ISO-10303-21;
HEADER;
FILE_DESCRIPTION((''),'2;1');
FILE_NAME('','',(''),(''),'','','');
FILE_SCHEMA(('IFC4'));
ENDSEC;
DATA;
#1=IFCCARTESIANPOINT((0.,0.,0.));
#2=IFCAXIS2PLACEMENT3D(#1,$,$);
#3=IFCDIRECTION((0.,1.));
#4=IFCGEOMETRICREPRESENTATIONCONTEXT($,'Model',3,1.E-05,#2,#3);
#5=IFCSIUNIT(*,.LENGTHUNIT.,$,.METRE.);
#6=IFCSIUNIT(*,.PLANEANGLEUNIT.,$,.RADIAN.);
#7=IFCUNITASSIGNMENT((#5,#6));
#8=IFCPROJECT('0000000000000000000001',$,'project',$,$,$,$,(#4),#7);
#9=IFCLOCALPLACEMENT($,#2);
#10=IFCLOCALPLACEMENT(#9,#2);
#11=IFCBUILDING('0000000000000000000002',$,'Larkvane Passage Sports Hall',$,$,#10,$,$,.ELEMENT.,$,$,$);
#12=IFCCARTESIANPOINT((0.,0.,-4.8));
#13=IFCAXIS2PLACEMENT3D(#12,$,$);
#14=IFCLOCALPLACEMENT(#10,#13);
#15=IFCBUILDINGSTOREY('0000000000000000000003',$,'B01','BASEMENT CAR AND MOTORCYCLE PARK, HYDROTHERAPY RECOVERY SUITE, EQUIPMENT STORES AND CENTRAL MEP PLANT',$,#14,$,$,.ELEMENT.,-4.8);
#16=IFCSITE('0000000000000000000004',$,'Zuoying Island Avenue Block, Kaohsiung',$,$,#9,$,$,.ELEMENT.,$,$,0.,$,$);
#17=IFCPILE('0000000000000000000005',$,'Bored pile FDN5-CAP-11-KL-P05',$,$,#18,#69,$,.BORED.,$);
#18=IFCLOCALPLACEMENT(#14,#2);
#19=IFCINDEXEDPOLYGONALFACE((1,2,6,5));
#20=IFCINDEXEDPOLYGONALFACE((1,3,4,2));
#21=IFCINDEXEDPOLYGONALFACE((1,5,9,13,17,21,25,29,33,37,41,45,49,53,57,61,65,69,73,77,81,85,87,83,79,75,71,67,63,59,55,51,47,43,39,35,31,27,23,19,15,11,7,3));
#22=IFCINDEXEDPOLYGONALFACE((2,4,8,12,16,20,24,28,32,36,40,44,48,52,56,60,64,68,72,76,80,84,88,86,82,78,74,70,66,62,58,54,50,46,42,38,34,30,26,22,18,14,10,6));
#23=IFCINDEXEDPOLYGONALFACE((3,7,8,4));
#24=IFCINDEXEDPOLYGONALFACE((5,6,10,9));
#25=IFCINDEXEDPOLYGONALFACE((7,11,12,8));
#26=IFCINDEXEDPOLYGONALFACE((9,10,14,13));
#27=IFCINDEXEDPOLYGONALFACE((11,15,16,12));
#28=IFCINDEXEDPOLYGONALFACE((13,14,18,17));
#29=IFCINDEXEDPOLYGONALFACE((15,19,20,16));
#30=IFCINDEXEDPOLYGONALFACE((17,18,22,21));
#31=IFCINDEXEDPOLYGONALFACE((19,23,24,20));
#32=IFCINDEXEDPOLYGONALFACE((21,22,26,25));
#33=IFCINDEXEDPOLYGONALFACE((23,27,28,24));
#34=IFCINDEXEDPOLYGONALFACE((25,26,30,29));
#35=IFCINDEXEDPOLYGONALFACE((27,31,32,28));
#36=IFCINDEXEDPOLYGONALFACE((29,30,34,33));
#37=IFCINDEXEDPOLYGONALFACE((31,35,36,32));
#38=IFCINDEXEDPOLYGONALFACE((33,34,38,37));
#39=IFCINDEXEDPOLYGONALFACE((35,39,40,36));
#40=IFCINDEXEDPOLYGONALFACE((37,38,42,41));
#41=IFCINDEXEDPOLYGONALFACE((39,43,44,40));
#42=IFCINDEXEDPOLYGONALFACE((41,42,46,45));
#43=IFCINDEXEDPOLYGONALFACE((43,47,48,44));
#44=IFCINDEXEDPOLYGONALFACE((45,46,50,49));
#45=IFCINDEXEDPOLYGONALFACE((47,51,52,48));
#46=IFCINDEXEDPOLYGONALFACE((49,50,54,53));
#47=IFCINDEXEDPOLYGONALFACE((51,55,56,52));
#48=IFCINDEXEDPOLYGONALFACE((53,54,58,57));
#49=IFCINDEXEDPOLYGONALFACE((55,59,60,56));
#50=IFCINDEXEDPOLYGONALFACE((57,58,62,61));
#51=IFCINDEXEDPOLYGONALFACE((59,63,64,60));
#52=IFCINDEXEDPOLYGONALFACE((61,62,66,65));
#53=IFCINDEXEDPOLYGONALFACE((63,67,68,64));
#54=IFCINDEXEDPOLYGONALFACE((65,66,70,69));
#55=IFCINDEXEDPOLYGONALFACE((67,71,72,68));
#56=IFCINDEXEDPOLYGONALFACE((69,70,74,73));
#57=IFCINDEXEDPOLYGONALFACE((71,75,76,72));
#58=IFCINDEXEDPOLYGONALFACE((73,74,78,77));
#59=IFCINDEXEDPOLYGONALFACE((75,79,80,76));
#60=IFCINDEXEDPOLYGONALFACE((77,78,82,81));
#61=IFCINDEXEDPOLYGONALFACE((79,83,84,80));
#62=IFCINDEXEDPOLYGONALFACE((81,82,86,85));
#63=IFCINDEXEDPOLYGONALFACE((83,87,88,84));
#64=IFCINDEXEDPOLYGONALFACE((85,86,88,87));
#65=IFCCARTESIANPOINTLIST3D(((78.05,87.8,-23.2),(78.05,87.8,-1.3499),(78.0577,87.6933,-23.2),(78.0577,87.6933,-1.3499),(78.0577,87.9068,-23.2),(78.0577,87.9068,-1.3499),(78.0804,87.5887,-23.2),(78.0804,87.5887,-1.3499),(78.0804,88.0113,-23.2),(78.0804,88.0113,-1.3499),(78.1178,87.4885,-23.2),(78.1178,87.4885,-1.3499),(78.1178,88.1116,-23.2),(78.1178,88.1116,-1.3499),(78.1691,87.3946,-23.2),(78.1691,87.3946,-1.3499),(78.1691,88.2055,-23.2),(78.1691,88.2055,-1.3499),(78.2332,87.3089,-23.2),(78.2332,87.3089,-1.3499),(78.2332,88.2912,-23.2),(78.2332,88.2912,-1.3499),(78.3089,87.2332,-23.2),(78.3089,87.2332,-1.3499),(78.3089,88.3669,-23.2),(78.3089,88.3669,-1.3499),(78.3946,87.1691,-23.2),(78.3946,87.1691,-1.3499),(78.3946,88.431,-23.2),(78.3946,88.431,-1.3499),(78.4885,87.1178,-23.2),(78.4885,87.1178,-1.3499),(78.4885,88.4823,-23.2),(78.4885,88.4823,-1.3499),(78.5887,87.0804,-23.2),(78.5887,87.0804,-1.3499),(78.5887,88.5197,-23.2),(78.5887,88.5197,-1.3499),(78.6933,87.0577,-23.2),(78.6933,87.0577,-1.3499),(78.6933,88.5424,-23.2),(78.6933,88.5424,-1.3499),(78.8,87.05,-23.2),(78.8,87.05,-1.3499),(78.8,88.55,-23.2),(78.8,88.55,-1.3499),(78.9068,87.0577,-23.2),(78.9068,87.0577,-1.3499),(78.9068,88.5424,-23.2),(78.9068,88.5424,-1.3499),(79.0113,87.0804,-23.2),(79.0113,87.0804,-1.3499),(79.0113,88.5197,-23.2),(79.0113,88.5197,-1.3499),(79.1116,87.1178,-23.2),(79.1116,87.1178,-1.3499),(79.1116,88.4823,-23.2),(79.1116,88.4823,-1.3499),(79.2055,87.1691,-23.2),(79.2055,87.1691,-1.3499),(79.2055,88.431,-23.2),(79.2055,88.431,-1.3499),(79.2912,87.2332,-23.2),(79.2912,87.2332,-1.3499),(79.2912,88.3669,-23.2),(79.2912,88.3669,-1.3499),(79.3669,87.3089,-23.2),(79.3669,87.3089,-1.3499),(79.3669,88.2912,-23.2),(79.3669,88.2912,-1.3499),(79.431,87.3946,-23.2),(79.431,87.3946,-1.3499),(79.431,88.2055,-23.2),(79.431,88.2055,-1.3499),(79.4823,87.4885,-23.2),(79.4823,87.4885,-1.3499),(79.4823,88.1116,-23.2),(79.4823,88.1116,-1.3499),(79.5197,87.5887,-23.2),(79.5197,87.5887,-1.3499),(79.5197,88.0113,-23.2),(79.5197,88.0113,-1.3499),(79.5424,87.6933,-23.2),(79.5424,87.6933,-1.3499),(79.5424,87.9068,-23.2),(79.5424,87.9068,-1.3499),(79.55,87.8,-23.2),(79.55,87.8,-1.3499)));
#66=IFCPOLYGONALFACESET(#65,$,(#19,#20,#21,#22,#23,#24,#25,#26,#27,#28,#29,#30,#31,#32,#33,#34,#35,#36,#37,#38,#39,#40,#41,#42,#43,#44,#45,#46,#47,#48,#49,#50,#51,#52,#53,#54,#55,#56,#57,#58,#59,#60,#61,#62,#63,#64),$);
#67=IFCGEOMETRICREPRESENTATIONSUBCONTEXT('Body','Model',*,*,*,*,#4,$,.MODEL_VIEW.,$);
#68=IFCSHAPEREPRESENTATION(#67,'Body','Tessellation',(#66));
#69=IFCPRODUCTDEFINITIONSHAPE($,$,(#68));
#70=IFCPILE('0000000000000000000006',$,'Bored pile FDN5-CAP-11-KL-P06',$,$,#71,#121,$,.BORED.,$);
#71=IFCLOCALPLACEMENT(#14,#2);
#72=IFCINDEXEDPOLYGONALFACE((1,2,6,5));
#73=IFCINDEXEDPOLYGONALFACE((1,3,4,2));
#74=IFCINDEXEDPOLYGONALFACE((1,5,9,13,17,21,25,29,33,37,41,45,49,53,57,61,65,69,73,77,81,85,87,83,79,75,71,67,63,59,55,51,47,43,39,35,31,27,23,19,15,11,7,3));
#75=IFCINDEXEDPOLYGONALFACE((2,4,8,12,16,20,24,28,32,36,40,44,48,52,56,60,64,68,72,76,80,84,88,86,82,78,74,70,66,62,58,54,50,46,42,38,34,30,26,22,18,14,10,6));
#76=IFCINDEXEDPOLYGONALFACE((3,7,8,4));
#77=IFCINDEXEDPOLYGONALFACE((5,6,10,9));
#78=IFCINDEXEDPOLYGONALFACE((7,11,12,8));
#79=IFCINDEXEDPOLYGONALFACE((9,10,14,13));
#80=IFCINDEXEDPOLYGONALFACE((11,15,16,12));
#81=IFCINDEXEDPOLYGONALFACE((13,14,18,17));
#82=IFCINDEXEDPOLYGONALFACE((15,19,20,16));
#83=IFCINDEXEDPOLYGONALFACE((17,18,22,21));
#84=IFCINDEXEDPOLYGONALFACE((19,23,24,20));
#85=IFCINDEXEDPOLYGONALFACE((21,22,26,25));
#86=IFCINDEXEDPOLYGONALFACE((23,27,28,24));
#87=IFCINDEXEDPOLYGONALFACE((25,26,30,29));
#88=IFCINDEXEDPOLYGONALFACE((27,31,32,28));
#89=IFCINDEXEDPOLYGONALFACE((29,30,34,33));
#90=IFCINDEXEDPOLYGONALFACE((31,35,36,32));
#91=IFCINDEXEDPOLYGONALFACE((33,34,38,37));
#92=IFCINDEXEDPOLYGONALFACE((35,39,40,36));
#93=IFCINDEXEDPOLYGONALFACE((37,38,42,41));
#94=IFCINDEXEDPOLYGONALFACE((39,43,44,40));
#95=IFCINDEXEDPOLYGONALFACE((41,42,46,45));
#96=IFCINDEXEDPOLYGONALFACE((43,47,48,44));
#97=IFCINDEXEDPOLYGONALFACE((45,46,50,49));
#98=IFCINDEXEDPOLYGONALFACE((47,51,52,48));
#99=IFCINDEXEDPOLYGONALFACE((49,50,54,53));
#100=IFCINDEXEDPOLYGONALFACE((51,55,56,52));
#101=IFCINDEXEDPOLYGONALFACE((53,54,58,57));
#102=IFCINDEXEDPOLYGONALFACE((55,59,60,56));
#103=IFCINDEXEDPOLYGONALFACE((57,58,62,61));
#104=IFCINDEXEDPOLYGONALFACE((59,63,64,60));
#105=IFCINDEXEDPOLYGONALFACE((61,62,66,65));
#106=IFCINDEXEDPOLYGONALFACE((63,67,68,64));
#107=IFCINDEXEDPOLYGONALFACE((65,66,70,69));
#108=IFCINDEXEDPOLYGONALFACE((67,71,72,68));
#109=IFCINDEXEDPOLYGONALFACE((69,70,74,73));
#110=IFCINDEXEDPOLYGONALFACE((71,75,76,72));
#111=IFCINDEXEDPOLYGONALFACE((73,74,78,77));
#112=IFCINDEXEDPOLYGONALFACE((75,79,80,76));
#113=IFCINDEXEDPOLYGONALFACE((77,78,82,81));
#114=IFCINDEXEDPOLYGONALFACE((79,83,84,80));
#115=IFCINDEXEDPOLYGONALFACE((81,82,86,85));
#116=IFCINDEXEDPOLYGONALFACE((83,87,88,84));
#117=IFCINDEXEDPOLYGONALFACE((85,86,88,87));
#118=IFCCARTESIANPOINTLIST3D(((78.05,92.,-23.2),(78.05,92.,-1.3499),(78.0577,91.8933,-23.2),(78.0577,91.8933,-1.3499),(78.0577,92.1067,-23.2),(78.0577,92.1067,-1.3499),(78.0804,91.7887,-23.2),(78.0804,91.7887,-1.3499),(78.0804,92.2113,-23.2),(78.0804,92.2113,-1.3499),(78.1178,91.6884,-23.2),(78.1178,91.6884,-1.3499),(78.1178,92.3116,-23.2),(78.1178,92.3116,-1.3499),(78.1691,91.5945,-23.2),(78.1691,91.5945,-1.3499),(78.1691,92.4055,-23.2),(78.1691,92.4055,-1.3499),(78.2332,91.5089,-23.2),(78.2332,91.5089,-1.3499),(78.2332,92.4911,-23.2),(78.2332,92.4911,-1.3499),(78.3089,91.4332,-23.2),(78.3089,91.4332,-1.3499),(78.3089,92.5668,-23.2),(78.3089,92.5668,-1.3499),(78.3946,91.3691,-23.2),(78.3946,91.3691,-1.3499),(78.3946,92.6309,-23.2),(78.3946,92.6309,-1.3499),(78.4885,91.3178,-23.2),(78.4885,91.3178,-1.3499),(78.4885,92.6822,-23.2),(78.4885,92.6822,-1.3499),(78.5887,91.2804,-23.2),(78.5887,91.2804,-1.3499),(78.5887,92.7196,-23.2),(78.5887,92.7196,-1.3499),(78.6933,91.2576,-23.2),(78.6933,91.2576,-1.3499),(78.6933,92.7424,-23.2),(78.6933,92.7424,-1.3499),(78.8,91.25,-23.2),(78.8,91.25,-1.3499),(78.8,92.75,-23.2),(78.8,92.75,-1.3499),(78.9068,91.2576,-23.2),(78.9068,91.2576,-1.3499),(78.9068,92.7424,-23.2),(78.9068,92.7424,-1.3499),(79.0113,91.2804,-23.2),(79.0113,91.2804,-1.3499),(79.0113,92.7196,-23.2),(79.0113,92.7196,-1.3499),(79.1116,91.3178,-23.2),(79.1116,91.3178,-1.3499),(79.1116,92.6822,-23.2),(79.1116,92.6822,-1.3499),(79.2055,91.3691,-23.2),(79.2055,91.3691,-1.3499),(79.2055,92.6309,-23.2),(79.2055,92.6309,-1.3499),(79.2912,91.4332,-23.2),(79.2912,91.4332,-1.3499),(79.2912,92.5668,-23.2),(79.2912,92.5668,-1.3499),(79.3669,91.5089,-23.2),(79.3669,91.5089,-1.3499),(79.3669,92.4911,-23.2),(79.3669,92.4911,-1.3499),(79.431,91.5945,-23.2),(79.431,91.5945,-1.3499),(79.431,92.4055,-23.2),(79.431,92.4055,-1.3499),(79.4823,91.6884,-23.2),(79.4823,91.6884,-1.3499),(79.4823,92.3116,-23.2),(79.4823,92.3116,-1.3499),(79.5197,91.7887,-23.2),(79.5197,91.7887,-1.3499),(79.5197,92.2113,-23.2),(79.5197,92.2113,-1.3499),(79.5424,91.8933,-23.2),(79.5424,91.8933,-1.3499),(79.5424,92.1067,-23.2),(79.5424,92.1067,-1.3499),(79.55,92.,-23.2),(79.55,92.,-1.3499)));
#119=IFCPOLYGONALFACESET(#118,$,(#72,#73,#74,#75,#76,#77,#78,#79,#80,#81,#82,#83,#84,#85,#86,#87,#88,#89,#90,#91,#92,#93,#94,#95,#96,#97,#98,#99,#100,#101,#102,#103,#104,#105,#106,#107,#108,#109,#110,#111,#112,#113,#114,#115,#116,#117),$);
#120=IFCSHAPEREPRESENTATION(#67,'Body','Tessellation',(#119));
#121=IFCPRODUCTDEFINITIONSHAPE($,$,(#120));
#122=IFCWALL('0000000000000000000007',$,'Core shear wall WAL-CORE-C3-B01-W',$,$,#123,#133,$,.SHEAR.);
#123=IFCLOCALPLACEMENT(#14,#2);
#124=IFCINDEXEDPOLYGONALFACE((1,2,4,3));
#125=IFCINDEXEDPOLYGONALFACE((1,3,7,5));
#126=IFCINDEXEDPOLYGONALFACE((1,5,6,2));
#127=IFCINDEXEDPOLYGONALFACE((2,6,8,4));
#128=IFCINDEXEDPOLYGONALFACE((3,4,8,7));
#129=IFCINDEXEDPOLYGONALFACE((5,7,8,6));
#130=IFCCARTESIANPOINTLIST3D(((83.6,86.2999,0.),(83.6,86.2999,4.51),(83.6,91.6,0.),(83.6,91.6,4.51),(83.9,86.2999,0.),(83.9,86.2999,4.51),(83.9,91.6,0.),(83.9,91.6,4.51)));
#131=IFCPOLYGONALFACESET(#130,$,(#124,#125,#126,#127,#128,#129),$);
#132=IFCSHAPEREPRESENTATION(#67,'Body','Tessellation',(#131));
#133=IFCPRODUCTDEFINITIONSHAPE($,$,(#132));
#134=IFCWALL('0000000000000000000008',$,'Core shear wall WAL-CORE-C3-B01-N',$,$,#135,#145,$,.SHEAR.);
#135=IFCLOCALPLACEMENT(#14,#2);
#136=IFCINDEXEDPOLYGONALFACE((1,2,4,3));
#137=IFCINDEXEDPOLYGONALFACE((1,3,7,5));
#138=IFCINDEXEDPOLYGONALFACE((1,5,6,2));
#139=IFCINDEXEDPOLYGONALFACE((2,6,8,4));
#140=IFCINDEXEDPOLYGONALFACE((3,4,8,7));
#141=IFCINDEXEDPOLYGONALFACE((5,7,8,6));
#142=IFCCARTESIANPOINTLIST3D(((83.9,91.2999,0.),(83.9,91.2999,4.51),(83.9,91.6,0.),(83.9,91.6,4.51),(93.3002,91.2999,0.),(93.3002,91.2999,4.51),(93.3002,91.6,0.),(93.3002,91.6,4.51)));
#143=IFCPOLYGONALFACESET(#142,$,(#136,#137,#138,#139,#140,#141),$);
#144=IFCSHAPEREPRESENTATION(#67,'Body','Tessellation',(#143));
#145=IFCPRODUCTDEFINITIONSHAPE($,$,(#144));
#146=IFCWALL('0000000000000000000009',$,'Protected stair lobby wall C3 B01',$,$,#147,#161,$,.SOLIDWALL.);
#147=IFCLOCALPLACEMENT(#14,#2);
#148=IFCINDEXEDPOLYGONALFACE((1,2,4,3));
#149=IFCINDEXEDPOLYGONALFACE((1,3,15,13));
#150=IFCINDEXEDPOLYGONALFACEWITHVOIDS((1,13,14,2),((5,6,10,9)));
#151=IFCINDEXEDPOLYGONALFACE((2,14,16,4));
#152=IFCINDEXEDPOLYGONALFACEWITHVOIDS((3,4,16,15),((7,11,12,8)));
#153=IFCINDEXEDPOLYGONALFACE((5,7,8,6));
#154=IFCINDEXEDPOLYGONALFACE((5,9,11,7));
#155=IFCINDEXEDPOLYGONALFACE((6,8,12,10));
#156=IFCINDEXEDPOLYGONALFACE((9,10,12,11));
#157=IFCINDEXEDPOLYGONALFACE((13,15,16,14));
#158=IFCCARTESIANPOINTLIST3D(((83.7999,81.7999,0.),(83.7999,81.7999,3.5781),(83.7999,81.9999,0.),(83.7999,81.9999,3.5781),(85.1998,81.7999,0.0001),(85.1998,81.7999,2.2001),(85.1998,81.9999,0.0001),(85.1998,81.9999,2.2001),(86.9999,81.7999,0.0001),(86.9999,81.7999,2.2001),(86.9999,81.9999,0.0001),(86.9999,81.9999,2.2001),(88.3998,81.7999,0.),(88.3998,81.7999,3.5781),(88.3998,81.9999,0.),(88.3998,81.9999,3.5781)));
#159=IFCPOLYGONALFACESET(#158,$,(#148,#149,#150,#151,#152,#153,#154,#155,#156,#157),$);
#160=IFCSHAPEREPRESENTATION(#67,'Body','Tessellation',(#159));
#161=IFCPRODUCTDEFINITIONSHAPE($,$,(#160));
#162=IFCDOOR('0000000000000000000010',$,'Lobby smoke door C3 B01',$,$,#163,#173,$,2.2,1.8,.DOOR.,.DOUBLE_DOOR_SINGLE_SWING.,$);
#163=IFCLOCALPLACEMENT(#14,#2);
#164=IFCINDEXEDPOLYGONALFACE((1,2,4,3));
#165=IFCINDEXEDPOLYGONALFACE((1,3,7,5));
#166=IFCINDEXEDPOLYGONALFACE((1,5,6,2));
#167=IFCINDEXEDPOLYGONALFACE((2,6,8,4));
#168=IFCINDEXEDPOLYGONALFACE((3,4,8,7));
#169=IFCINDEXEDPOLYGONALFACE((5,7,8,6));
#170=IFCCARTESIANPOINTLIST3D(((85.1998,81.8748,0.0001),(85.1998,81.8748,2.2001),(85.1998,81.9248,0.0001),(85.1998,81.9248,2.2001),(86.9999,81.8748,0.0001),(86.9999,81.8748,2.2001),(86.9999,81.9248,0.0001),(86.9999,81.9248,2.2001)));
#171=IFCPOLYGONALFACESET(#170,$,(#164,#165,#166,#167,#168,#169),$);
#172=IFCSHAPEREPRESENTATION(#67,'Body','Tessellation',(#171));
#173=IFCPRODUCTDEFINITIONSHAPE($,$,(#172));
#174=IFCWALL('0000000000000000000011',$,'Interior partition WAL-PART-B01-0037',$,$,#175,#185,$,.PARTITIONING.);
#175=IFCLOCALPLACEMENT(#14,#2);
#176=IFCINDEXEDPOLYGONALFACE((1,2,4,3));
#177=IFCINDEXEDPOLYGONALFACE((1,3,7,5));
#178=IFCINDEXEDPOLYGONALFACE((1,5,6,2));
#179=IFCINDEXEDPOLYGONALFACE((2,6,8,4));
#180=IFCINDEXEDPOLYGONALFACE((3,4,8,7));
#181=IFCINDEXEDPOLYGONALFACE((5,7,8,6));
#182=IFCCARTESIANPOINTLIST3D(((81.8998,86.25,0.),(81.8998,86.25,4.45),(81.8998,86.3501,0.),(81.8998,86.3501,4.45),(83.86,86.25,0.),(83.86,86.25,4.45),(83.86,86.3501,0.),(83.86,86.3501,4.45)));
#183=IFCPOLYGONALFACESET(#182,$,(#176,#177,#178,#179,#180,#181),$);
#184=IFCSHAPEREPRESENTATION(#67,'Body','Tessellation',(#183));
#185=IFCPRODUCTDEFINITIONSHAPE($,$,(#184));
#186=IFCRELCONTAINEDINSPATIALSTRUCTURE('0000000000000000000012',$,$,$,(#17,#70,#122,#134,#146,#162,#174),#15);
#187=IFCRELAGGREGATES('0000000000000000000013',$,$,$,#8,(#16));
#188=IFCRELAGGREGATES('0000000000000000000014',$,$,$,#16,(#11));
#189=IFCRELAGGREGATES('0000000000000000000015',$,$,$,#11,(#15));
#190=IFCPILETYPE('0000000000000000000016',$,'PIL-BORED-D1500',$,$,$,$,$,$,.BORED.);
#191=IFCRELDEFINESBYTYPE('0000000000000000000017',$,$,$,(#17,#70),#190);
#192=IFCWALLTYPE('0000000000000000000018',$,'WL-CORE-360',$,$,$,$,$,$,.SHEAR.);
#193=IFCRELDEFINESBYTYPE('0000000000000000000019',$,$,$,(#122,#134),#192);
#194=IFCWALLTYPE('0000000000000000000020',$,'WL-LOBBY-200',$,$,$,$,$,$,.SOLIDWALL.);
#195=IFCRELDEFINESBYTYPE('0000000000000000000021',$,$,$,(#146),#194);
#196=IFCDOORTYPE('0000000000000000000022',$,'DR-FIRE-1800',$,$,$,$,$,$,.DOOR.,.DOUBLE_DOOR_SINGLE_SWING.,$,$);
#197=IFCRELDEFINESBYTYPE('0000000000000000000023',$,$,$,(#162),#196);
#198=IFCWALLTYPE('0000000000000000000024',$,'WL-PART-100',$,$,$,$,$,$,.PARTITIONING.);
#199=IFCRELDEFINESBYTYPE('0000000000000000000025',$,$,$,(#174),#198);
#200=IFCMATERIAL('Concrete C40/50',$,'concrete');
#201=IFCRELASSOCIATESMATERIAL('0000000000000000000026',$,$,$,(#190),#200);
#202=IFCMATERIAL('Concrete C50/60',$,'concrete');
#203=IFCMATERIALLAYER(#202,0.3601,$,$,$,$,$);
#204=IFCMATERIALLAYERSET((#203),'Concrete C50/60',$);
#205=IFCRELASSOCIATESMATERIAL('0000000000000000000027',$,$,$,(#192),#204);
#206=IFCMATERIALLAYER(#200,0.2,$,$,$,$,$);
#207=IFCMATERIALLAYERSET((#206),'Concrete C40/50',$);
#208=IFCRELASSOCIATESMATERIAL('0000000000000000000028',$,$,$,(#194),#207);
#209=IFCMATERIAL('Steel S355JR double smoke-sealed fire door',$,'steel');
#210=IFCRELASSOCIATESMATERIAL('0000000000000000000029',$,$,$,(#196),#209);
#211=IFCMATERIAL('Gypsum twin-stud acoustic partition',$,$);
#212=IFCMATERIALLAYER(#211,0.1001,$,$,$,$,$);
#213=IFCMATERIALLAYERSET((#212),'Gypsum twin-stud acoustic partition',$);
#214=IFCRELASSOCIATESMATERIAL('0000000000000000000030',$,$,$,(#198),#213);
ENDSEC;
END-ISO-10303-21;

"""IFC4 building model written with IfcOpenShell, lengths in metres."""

from ifc_helpers import new_model, si_unit, direction, frame, frame_2d, origin, origin_2d, place, context, subcontext, project, spatial, rectangle, circle, extrude, material, layer, layer_set, material_profile, profile_set, type_object, element, fill, save


model = new_model("IFC4")

# Units and contexts
model_context = context("Model", 3, precision=1e-05, world=origin(), true_north=direction((0.0, 1.0)))
body_context = subcontext(model_context, "Body", "Model", "MODEL_VIEW")
ifc_project = project(units=[si_unit("LENGTHUNIT", "METRE"), si_unit("PLANEANGLEUNIT", "RADIAN")], contexts=[model_context])

# Site, building, storey
site_placement = place(None, origin())
site = spatial("IfcSite", under=ifc_project, at=site_placement, Name="Zuoying Island Avenue Block, Kaohsiung", CompositionType="ELEMENT", RefElevation=0.0)
building_placement = place(site_placement, origin())
building = spatial("IfcBuilding", under=site, at=building_placement, Name="Larkvane Passage Sports Hall", CompositionType="ELEMENT")
storey_placement = place(building_placement, frame((0.0, 0.0, -4.8)))
storey = spatial("IfcBuildingStorey", under=building, at=storey_placement, Name="B01", Description="BASEMENT CAR AND MOTORCYCLE PARK, HYDROTHERAPY RECOVERY SUITE, EQUIPMENT STORES AND CENTRAL MEP PLANT", CompositionType="ELEMENT", Elevation=-4.8)

# Shared definitions
ifc_material_1 = material(Name="Concrete C40/50", Category="concrete")

# Piles
ifc_material_profile_1 = material_profile(ifc_material_1, circle(Radius=0.75, at=origin_2d()), Name="PILE-D1500")
ifc_profile_set_1 = profile_set([ifc_material_profile_1], Name="Concrete C40/50")
pile_type_1 = type_object("IfcPileType", Name="PIL-BORED-D1500", PredefinedType="BORED", material=ifc_profile_set_1)
for number, where, z_axis, x_axis, name in (
    (1, (78.8, 87.8, -1.3499), (0.0, 0.0, -1.0), (1.0, 0.0, 0.0), "Bored pile FDN5-CAP-11-KL-P05"),
    (2, (78.8, 92.0, -1.3499), (0.0, 0.0, -1.0), (1.0, 0.0, 0.0), "Bored pile FDN5-CAP-11-KL-P06"),
):
    element("IfcPile", number, at=place(storey_placement, frame(where, z_axis=z_axis, x_axis=x_axis)), inside=storey, type_object=pile_type_1, Name=name, PredefinedType="BORED", context=body_context, shape_type="SweptSolid", body=[
        extrude(circle(Radius=0.75, at=origin_2d()), origin(), (0.0, 0.0, 1.0), 21.8501),
    ])

# Walls
ifc_material_2 = material(Name="Concrete C50/60", Category="concrete")
ifc_layer_1 = layer(ifc_material_2, 0.3601)
ifc_layer_set_1 = layer_set([ifc_layer_1], Name="Concrete C50/60")
wall_type_1 = type_object("IfcWallType", Name="WL-CORE-360", PredefinedType="SHEAR", material=ifc_layer_set_1)
wall_1_placement = place(storey_placement, frame((83.75, 86.3, 0.0), z_axis=(0.0, 0.0, 1.0), x_axis=(0.0, 1.0, 0.0)))
element("IfcWall", 3, at=wall_1_placement, inside=storey, type_object=wall_type_1, Name="Core shear wall WAL-CORE-C3-B01-W", PredefinedType="SHEAR", context=body_context, shape_type="SweptSolid", body=[
    extrude(rectangle(XDim=5.3, YDim=0.3, at=frame_2d((2.6499, 0.0))), origin(), (0.0, 0.0, 1.0), 4.51),
])
wall_2_placement = place(storey_placement, frame((83.8999, 91.45, 0.0), z_axis=(0.0, 0.0, 1.0), x_axis=(1.0, 0.0, 0.0)))
element("IfcWall", 4, at=wall_2_placement, inside=storey, type_object=wall_type_1, Name="Core shear wall WAL-CORE-C3-B01-N", PredefinedType="SHEAR", context=body_context, shape_type="SweptSolid", body=[
    extrude(rectangle(XDim=9.4001, YDim=0.3, at=frame_2d((4.7002, 0.0))), origin(), (0.0, 0.0, 1.0), 4.51),
])

# Wall, opening, door
ifc_layer_2 = layer(ifc_material_1, 0.2)
ifc_layer_set_2 = layer_set([ifc_layer_2], Name="Concrete C40/50")
wall_type_2 = type_object("IfcWallType", Name="WL-LOBBY-200", PredefinedType="SOLIDWALL", material=ifc_layer_set_2)
wall_3_placement = place(storey_placement, frame((83.8, 81.8999, 0.0), z_axis=(0.0, 0.0, 1.0), x_axis=(1.0, 0.0, 0.0)))
wall_3 = element("IfcWall", 5, at=wall_3_placement, inside=storey, type_object=wall_type_2, Name="Protected stair lobby wall C3 B01", PredefinedType="SOLIDWALL", context=body_context, shape_type="SweptSolid", body=[
    extrude(rectangle(XDim=4.5999, YDim=0.2, at=frame_2d((2.2998, 0.0))), origin(), (0.0, 0.0, 1.0), 3.5781),
])
opening_placement = place(wall_3_placement, frame((1.3999, 0.0, 0.0)))
opening = element("IfcOpeningElement", 6, at=opening_placement, cuts=wall_3, PredefinedType="OPENING", context=body_context, shape_type="SweptSolid", body=[
    extrude(rectangle(XDim=1.8, YDim=2.2, at=frame_2d((0.8999, 1.1001))), frame((0.0, 0.1099, 0.0), z_axis=(0.0, -1.0, 0.0), x_axis=(1.0, 0.0, 0.0)), (0.0, 0.0, 1.0), 0.22),
])
ifc_material_3 = material(Name="Steel S355JR double smoke-sealed fire door", Category="steel")
door_type = type_object("IfcDoorType", Name="DR-FIRE-1800", OperationType="DOUBLE_DOOR_SINGLE_SWING", PredefinedType="DOOR", material=ifc_material_3)
door_placement = place(opening_placement, origin())
door = element("IfcDoor", 7, at=door_placement, inside=storey, type_object=door_type, Name="Lobby smoke door C3 B01", OperationType="DOUBLE_DOOR_SINGLE_SWING", OverallHeight=2.2, OverallWidth=1.8, PredefinedType="DOOR", context=body_context, shape_type="SweptSolid", body=[
    extrude(rectangle(XDim=1.8, YDim=2.2, at=frame_2d((0.8999, 1.1001))), frame((0.0, 0.0249, 0.0), z_axis=(0.0, -1.0, 0.0), x_axis=(1.0, 0.0, 0.0)), (0.0, 0.0, 1.0), 0.05),
])
fill(opening, door)

# Wall
ifc_material_4 = material(Name="Gypsum twin-stud acoustic partition")
ifc_layer_3 = layer(ifc_material_4, 0.1001)
ifc_layer_set_3 = layer_set([ifc_layer_3], Name="Gypsum twin-stud acoustic partition")
wall_type_3 = type_object("IfcWallType", Name="WL-PART-100", PredefinedType="PARTITIONING", material=ifc_layer_set_3)
wall_4_placement = place(storey_placement, frame((81.8999, 86.3, 0.0), z_axis=(0.0, 0.0, 1.0), x_axis=(1.0, 0.0, 0.0)))
element("IfcWall", 8, at=wall_4_placement, inside=storey, type_object=wall_type_3, Name="Interior partition WAL-PART-B01-0037", PredefinedType="PARTITIONING", context=body_context, shape_type="SweptSolid", body=[
    extrude(rectangle(XDim=1.9602, YDim=0.1001, at=frame_2d((0.98, 0.0))), origin(), (0.0, 0.0, 1.0), 4.45),
])

save(model, "model.ifc")
